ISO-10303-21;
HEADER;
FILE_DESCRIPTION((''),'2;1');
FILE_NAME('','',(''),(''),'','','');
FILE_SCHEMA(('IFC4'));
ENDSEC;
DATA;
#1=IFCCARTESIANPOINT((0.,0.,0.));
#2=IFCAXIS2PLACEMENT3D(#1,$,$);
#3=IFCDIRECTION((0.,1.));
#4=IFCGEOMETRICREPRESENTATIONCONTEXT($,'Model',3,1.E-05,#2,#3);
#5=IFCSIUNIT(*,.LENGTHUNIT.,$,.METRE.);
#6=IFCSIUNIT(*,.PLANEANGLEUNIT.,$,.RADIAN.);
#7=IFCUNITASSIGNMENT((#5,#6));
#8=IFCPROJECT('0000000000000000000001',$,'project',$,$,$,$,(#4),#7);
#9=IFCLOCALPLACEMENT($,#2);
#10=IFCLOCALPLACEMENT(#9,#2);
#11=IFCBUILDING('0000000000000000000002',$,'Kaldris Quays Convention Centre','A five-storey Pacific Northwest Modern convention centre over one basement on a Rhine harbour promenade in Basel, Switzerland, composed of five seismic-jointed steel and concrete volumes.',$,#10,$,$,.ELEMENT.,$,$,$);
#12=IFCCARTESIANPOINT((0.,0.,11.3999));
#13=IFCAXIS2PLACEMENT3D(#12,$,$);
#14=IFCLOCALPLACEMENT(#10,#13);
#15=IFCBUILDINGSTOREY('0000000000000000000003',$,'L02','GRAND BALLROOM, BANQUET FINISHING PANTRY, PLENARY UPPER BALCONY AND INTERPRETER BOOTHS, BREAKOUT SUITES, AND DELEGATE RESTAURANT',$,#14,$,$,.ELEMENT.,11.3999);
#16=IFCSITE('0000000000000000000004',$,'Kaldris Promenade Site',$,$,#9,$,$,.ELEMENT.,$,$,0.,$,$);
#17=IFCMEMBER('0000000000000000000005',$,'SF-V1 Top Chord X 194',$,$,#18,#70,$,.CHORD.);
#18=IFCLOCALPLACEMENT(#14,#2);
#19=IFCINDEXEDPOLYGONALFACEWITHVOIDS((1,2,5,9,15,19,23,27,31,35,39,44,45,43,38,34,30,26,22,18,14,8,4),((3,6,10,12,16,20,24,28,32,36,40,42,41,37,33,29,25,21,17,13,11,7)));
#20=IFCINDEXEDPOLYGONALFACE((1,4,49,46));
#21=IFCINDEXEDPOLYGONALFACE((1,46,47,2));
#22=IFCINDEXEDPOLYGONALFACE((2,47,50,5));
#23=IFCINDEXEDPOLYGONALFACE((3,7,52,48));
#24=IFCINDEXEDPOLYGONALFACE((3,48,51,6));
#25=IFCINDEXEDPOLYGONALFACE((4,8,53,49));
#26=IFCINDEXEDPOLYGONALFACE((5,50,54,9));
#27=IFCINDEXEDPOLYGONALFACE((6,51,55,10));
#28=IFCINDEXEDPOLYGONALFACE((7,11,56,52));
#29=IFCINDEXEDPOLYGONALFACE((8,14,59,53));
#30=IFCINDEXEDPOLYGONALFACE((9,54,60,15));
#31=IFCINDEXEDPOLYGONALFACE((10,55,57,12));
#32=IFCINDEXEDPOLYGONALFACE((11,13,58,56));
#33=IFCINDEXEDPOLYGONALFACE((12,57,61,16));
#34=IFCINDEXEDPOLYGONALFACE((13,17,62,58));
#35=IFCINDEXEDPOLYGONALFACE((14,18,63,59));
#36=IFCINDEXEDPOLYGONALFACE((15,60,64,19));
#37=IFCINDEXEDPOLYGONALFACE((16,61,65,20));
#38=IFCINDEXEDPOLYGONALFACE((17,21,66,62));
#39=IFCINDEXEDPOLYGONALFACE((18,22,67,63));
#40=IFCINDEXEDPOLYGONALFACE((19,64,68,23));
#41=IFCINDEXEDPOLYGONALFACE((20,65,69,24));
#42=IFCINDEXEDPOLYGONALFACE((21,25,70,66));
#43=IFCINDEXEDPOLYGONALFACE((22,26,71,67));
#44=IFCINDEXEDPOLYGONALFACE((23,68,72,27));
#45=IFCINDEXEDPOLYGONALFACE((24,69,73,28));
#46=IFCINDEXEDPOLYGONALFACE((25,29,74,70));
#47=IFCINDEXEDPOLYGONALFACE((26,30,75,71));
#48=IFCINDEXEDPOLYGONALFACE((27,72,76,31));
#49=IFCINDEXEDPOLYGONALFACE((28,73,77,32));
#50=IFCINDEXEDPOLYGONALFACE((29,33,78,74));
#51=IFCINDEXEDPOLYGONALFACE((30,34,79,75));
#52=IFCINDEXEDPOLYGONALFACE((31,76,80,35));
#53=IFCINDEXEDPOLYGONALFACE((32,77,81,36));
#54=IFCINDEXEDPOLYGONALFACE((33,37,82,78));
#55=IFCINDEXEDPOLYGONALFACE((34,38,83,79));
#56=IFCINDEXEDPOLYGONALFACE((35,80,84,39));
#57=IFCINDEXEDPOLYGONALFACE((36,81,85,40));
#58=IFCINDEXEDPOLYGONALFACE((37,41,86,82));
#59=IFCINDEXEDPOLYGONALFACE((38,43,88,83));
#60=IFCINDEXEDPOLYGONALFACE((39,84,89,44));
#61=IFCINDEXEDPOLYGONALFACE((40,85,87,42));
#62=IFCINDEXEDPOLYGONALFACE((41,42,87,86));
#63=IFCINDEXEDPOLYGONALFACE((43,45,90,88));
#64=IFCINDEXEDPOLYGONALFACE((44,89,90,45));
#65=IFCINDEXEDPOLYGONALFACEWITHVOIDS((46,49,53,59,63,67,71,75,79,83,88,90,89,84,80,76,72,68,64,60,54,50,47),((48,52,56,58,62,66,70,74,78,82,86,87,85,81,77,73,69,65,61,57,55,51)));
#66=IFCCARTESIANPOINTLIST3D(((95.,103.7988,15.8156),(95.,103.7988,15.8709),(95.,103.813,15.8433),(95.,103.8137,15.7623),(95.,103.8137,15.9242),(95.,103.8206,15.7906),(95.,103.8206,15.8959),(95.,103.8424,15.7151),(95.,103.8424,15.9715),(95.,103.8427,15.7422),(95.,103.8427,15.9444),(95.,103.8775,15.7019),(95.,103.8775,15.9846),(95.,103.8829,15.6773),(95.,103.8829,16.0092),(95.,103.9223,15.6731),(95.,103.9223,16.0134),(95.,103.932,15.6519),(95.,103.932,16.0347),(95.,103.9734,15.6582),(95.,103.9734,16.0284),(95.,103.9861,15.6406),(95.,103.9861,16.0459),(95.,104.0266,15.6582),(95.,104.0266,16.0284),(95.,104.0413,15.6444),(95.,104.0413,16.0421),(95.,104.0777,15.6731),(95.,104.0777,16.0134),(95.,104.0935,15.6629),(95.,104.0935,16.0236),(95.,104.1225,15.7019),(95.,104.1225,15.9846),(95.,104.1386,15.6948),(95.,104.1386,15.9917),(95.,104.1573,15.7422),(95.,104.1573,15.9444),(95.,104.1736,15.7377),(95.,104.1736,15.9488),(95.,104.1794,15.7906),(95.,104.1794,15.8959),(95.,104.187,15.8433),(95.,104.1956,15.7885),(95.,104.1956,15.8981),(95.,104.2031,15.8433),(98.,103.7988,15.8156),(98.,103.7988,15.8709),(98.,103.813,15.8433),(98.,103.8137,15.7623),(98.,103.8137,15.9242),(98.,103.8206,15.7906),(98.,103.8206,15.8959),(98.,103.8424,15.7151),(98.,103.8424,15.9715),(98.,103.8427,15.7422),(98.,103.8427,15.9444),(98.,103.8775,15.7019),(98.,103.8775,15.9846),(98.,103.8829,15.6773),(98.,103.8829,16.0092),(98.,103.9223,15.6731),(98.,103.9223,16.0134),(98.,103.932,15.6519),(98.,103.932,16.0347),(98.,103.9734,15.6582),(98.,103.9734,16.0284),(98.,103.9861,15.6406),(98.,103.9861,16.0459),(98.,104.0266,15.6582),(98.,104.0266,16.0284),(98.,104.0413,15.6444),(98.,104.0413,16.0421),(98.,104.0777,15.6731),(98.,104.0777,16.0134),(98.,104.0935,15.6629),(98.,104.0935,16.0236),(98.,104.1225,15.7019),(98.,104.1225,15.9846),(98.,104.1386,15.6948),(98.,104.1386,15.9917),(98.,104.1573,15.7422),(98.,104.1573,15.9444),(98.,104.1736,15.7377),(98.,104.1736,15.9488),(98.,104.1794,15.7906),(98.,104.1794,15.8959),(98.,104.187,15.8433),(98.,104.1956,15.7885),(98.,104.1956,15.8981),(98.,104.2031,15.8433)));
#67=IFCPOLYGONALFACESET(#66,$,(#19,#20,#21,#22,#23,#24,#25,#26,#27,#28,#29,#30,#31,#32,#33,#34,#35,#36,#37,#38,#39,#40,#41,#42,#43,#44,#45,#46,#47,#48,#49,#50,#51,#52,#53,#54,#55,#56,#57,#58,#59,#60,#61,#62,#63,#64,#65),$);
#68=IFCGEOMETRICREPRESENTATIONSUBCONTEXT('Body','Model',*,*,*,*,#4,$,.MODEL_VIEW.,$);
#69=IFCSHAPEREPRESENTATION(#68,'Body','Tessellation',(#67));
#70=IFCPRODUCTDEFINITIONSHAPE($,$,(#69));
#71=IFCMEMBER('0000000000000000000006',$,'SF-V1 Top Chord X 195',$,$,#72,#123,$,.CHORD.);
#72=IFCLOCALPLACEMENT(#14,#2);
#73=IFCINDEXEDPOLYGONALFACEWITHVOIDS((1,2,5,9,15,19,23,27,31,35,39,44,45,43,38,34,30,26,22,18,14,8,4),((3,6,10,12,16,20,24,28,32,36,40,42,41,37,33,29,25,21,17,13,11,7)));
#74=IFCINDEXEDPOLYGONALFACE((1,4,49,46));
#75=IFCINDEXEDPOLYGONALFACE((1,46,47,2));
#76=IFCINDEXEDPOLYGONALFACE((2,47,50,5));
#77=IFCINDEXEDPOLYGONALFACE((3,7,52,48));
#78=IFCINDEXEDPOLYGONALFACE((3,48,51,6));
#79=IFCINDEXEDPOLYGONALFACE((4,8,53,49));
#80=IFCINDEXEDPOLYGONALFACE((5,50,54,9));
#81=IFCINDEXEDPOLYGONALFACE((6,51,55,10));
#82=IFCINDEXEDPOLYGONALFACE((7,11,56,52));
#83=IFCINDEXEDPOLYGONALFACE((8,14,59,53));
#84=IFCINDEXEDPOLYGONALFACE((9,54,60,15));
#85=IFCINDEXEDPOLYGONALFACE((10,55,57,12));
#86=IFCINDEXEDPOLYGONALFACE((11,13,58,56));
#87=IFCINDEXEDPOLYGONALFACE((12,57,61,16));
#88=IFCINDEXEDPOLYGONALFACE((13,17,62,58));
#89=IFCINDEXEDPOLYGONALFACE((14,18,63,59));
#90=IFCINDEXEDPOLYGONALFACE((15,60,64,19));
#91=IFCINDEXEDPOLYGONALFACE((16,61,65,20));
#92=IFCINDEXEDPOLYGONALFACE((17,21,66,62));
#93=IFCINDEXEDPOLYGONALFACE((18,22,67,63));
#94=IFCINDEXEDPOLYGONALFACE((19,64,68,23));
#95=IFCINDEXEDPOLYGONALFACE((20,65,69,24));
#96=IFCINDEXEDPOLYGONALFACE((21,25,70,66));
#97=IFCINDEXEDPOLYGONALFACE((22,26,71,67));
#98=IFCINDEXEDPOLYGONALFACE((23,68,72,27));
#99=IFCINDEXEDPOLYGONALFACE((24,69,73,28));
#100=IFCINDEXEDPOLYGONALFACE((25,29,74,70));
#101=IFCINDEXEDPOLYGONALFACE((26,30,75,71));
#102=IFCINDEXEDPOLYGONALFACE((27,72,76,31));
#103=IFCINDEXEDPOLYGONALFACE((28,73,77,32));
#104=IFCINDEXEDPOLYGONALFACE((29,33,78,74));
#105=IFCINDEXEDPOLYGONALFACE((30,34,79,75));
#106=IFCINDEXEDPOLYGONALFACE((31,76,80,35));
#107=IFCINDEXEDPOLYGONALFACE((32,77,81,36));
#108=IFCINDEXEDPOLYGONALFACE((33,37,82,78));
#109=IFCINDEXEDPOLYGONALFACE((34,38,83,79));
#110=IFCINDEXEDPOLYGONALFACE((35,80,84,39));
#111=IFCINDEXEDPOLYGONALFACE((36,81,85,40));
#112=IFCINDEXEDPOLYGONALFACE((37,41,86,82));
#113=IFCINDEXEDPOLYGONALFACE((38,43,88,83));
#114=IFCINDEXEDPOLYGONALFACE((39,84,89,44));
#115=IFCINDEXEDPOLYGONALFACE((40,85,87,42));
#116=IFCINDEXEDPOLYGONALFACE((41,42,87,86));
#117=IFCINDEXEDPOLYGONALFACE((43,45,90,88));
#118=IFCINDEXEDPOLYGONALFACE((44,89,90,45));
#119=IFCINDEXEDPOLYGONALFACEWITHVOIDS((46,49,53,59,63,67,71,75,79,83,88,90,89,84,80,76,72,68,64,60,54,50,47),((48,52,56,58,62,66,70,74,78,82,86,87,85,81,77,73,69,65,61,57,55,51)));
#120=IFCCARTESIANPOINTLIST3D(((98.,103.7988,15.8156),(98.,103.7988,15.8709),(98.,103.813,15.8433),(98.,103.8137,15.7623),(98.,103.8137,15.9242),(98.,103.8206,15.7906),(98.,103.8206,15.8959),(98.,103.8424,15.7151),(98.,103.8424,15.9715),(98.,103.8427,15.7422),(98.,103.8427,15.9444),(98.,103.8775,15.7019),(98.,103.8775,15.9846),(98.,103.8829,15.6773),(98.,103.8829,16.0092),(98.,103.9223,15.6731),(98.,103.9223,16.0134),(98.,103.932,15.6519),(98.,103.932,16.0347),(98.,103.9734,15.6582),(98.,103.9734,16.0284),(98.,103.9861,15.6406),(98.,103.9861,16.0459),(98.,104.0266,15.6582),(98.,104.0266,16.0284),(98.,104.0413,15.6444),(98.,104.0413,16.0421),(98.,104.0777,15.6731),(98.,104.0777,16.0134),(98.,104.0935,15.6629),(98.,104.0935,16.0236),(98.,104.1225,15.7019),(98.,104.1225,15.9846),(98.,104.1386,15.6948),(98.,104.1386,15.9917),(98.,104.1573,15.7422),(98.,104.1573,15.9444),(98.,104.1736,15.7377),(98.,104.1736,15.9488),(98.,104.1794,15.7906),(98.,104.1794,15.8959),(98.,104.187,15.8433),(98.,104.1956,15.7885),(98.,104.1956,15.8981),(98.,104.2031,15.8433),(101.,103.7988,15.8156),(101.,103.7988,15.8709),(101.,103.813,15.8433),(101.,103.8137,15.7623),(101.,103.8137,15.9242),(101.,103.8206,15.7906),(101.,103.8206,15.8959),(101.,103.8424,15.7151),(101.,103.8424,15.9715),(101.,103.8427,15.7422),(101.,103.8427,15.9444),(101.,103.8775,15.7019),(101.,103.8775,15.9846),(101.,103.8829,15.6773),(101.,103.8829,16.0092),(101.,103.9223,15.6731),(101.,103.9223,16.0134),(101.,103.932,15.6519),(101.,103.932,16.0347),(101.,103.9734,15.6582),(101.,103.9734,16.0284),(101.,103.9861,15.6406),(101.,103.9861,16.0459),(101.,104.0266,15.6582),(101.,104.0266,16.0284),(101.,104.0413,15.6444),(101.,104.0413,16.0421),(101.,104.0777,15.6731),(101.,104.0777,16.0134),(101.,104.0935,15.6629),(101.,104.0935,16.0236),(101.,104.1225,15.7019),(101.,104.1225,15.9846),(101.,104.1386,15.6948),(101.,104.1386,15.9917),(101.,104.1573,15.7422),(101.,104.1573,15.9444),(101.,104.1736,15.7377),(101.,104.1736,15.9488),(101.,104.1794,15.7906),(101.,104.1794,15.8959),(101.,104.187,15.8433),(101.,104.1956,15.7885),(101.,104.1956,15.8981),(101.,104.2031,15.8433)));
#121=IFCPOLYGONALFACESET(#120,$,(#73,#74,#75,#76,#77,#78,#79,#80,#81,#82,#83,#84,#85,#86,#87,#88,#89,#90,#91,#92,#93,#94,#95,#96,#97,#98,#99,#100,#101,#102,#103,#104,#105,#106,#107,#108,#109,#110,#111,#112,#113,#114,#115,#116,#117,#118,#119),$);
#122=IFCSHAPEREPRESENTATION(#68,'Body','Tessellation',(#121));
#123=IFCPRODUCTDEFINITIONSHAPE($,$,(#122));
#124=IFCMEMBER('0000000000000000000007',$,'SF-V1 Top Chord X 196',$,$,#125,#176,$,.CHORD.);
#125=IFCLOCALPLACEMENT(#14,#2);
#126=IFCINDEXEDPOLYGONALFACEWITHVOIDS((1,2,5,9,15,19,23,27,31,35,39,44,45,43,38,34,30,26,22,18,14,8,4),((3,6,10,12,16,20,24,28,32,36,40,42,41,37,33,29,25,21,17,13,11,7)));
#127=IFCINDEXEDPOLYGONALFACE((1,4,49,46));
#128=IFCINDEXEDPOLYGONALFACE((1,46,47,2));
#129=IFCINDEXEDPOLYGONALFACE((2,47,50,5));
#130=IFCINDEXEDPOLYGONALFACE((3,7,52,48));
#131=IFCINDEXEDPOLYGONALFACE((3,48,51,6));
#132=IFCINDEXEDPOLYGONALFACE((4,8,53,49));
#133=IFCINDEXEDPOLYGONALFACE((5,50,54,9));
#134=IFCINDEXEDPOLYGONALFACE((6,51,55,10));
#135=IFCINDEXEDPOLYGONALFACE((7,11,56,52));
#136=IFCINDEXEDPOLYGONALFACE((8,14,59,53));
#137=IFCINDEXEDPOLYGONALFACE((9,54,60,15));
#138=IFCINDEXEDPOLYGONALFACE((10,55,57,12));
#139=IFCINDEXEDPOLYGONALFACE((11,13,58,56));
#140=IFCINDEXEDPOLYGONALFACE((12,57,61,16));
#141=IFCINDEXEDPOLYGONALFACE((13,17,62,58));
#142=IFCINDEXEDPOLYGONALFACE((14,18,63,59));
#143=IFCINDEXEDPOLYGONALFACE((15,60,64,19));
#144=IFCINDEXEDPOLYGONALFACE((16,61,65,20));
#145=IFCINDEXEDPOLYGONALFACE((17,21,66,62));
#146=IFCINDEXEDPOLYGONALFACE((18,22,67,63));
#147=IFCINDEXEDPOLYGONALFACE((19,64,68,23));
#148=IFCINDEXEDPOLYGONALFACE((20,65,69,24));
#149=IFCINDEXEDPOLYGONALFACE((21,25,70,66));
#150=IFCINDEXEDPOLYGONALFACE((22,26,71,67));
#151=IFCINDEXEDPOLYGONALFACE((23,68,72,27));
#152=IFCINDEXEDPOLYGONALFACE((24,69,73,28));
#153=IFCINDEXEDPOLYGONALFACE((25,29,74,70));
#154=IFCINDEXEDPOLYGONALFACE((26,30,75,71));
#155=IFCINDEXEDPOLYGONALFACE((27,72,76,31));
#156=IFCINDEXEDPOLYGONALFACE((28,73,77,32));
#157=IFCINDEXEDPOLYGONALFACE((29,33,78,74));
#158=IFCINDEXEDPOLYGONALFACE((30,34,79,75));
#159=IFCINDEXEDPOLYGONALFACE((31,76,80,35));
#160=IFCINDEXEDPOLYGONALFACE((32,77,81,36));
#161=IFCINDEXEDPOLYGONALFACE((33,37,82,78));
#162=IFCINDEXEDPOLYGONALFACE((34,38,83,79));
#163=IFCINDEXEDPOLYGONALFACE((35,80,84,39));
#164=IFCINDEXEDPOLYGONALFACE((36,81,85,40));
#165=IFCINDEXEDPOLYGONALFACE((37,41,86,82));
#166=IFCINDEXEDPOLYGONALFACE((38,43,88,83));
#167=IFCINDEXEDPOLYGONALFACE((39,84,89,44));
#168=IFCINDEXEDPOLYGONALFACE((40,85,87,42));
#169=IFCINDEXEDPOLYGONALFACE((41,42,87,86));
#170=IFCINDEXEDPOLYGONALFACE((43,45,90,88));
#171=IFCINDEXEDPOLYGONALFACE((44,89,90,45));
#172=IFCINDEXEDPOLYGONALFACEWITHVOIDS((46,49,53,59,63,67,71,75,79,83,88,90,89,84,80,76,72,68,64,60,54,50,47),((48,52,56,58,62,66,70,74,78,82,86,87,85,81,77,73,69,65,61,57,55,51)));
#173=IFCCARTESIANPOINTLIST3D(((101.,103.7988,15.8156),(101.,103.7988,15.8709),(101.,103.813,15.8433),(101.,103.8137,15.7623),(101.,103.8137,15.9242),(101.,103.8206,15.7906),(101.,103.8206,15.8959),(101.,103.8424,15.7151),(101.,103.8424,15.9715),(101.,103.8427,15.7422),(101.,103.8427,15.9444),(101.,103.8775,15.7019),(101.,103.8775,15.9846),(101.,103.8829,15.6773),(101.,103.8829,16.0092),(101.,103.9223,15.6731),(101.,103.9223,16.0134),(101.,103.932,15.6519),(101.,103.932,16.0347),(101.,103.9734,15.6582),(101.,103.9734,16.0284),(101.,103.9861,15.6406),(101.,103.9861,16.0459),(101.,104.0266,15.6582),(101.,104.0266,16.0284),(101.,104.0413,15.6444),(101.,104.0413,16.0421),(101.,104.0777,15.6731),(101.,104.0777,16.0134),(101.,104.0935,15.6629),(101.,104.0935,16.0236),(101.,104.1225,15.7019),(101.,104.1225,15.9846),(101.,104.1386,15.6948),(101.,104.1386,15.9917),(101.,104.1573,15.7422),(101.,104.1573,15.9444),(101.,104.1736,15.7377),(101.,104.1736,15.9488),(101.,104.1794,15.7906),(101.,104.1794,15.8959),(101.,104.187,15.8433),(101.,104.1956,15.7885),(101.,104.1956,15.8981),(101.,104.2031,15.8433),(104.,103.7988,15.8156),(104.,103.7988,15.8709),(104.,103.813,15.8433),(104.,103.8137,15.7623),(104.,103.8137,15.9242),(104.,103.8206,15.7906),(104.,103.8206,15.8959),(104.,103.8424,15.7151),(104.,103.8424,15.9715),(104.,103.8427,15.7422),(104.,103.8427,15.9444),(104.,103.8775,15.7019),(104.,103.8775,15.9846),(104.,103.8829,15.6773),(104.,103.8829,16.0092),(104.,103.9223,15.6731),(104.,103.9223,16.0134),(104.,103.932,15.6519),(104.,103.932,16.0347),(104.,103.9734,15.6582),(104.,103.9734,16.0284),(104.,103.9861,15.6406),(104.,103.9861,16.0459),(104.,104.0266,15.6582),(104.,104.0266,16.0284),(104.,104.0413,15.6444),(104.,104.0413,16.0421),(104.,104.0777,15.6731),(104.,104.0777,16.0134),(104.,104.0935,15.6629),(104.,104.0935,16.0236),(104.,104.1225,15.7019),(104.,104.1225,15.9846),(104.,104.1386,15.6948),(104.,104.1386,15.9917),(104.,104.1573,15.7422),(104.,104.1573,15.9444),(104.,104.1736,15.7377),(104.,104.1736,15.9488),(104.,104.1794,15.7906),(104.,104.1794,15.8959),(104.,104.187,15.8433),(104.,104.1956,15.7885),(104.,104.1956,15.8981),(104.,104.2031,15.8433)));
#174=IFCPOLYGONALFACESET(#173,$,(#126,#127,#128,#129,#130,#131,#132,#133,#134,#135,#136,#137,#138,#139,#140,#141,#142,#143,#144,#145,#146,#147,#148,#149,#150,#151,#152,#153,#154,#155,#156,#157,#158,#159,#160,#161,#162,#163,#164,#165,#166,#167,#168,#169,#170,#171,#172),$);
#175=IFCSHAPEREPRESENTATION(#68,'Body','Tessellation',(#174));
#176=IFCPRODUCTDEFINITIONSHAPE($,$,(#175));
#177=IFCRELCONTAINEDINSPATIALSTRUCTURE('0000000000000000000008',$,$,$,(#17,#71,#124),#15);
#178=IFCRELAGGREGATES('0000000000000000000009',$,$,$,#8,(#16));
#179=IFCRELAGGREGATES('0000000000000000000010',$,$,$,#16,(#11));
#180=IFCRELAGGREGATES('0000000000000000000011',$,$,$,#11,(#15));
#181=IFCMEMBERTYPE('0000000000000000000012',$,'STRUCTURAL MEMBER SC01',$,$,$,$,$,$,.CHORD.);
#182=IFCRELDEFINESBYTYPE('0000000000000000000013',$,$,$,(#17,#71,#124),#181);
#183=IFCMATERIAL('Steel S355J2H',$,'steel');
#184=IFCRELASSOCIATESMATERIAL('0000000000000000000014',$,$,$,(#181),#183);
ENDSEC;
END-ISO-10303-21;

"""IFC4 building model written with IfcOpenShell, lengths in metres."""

from ifc_helpers import new_model, si_unit, direction, frame, origin, origin_2d, place, context, subcontext, project, spatial, hollow_circle, extrude, material, material_profile, profile_set, type_object, element, save


model = new_model("IFC4")

# Units and contexts
model_context = context("Model", 3, precision=1e-05, world=origin(), true_north=direction((0.0, 1.0)))
body_context = subcontext(model_context, "Body", "Model", "MODEL_VIEW")
ifc_project = project(units=[si_unit("LENGTHUNIT", "METRE"), si_unit("PLANEANGLEUNIT", "RADIAN")], contexts=[model_context])

# Site, building, storey
site_placement = place(None, origin())
site = spatial("IfcSite", under=ifc_project, at=site_placement, Name="Kaldris Promenade Site", CompositionType="ELEMENT", RefElevation=0.0)
building_placement = place(site_placement, origin())
building = spatial("IfcBuilding", under=site, at=building_placement, Name="Kaldris Quays Convention Centre", Description="A five-storey Pacific Northwest Modern convention centre over one basement on a Rhine harbour promenade in Basel, Switzerland, composed of five seismic-jointed steel and concrete volumes.", CompositionType="ELEMENT")
storey_placement = place(building_placement, frame((0.0, 0.0, 11.3999)))
storey = spatial("IfcBuildingStorey", under=building, at=storey_placement, Name="L02", Description="GRAND BALLROOM, BANQUET FINISHING PANTRY, PLENARY UPPER BALCONY AND INTERPRETER BOOTHS, BREAKOUT SUITES, AND DELEGATE RESTAURANT", CompositionType="ELEMENT", Elevation=11.3999)

# Members
ifc_material = material(Name="Steel S355J2H", Category="steel")
ifc_material_profile_1 = material_profile(ifc_material, hollow_circle(Radius=0.2031, WallThickness=0.0161, at=origin_2d()), Name="CHS 406.4x16")
ifc_profile_set_1 = profile_set([ifc_material_profile_1], Name="Steel S355J2H")
member_type_1 = type_object("IfcMemberType", Name="STRUCTURAL MEMBER SC01", PredefinedType="CHORD", material=ifc_profile_set_1)
for number, where, z_axis, x_axis, name in (
    (1, (95.0, 104.0, 15.8433), (1.0, 0.0, 0.0), (0.0, 1.0, 0.0), "SF-V1 Top Chord X 194"),
    (2, (98.0, 104.0, 15.8433), (1.0, 0.0, 0.0), (0.0, 1.0, 0.0), "SF-V1 Top Chord X 195"),
    (3, (101.0, 104.0, 15.8433), (1.0, 0.0, 0.0), (0.0, 1.0, 0.0), "SF-V1 Top Chord X 196"),
):
    element("IfcMember", number, at=place(storey_placement, frame(where, z_axis=z_axis, x_axis=x_axis)), inside=storey, type_object=member_type_1, Name=name, PredefinedType="CHORD", context=body_context, shape_type="SweptSolid", body=[
        extrude(hollow_circle(Radius=0.2031, WallThickness=0.0161, at=origin_2d()), origin(), (0.0, 0.0, 1.0), 3.0),
    ])

save(model, "model.ifc")
